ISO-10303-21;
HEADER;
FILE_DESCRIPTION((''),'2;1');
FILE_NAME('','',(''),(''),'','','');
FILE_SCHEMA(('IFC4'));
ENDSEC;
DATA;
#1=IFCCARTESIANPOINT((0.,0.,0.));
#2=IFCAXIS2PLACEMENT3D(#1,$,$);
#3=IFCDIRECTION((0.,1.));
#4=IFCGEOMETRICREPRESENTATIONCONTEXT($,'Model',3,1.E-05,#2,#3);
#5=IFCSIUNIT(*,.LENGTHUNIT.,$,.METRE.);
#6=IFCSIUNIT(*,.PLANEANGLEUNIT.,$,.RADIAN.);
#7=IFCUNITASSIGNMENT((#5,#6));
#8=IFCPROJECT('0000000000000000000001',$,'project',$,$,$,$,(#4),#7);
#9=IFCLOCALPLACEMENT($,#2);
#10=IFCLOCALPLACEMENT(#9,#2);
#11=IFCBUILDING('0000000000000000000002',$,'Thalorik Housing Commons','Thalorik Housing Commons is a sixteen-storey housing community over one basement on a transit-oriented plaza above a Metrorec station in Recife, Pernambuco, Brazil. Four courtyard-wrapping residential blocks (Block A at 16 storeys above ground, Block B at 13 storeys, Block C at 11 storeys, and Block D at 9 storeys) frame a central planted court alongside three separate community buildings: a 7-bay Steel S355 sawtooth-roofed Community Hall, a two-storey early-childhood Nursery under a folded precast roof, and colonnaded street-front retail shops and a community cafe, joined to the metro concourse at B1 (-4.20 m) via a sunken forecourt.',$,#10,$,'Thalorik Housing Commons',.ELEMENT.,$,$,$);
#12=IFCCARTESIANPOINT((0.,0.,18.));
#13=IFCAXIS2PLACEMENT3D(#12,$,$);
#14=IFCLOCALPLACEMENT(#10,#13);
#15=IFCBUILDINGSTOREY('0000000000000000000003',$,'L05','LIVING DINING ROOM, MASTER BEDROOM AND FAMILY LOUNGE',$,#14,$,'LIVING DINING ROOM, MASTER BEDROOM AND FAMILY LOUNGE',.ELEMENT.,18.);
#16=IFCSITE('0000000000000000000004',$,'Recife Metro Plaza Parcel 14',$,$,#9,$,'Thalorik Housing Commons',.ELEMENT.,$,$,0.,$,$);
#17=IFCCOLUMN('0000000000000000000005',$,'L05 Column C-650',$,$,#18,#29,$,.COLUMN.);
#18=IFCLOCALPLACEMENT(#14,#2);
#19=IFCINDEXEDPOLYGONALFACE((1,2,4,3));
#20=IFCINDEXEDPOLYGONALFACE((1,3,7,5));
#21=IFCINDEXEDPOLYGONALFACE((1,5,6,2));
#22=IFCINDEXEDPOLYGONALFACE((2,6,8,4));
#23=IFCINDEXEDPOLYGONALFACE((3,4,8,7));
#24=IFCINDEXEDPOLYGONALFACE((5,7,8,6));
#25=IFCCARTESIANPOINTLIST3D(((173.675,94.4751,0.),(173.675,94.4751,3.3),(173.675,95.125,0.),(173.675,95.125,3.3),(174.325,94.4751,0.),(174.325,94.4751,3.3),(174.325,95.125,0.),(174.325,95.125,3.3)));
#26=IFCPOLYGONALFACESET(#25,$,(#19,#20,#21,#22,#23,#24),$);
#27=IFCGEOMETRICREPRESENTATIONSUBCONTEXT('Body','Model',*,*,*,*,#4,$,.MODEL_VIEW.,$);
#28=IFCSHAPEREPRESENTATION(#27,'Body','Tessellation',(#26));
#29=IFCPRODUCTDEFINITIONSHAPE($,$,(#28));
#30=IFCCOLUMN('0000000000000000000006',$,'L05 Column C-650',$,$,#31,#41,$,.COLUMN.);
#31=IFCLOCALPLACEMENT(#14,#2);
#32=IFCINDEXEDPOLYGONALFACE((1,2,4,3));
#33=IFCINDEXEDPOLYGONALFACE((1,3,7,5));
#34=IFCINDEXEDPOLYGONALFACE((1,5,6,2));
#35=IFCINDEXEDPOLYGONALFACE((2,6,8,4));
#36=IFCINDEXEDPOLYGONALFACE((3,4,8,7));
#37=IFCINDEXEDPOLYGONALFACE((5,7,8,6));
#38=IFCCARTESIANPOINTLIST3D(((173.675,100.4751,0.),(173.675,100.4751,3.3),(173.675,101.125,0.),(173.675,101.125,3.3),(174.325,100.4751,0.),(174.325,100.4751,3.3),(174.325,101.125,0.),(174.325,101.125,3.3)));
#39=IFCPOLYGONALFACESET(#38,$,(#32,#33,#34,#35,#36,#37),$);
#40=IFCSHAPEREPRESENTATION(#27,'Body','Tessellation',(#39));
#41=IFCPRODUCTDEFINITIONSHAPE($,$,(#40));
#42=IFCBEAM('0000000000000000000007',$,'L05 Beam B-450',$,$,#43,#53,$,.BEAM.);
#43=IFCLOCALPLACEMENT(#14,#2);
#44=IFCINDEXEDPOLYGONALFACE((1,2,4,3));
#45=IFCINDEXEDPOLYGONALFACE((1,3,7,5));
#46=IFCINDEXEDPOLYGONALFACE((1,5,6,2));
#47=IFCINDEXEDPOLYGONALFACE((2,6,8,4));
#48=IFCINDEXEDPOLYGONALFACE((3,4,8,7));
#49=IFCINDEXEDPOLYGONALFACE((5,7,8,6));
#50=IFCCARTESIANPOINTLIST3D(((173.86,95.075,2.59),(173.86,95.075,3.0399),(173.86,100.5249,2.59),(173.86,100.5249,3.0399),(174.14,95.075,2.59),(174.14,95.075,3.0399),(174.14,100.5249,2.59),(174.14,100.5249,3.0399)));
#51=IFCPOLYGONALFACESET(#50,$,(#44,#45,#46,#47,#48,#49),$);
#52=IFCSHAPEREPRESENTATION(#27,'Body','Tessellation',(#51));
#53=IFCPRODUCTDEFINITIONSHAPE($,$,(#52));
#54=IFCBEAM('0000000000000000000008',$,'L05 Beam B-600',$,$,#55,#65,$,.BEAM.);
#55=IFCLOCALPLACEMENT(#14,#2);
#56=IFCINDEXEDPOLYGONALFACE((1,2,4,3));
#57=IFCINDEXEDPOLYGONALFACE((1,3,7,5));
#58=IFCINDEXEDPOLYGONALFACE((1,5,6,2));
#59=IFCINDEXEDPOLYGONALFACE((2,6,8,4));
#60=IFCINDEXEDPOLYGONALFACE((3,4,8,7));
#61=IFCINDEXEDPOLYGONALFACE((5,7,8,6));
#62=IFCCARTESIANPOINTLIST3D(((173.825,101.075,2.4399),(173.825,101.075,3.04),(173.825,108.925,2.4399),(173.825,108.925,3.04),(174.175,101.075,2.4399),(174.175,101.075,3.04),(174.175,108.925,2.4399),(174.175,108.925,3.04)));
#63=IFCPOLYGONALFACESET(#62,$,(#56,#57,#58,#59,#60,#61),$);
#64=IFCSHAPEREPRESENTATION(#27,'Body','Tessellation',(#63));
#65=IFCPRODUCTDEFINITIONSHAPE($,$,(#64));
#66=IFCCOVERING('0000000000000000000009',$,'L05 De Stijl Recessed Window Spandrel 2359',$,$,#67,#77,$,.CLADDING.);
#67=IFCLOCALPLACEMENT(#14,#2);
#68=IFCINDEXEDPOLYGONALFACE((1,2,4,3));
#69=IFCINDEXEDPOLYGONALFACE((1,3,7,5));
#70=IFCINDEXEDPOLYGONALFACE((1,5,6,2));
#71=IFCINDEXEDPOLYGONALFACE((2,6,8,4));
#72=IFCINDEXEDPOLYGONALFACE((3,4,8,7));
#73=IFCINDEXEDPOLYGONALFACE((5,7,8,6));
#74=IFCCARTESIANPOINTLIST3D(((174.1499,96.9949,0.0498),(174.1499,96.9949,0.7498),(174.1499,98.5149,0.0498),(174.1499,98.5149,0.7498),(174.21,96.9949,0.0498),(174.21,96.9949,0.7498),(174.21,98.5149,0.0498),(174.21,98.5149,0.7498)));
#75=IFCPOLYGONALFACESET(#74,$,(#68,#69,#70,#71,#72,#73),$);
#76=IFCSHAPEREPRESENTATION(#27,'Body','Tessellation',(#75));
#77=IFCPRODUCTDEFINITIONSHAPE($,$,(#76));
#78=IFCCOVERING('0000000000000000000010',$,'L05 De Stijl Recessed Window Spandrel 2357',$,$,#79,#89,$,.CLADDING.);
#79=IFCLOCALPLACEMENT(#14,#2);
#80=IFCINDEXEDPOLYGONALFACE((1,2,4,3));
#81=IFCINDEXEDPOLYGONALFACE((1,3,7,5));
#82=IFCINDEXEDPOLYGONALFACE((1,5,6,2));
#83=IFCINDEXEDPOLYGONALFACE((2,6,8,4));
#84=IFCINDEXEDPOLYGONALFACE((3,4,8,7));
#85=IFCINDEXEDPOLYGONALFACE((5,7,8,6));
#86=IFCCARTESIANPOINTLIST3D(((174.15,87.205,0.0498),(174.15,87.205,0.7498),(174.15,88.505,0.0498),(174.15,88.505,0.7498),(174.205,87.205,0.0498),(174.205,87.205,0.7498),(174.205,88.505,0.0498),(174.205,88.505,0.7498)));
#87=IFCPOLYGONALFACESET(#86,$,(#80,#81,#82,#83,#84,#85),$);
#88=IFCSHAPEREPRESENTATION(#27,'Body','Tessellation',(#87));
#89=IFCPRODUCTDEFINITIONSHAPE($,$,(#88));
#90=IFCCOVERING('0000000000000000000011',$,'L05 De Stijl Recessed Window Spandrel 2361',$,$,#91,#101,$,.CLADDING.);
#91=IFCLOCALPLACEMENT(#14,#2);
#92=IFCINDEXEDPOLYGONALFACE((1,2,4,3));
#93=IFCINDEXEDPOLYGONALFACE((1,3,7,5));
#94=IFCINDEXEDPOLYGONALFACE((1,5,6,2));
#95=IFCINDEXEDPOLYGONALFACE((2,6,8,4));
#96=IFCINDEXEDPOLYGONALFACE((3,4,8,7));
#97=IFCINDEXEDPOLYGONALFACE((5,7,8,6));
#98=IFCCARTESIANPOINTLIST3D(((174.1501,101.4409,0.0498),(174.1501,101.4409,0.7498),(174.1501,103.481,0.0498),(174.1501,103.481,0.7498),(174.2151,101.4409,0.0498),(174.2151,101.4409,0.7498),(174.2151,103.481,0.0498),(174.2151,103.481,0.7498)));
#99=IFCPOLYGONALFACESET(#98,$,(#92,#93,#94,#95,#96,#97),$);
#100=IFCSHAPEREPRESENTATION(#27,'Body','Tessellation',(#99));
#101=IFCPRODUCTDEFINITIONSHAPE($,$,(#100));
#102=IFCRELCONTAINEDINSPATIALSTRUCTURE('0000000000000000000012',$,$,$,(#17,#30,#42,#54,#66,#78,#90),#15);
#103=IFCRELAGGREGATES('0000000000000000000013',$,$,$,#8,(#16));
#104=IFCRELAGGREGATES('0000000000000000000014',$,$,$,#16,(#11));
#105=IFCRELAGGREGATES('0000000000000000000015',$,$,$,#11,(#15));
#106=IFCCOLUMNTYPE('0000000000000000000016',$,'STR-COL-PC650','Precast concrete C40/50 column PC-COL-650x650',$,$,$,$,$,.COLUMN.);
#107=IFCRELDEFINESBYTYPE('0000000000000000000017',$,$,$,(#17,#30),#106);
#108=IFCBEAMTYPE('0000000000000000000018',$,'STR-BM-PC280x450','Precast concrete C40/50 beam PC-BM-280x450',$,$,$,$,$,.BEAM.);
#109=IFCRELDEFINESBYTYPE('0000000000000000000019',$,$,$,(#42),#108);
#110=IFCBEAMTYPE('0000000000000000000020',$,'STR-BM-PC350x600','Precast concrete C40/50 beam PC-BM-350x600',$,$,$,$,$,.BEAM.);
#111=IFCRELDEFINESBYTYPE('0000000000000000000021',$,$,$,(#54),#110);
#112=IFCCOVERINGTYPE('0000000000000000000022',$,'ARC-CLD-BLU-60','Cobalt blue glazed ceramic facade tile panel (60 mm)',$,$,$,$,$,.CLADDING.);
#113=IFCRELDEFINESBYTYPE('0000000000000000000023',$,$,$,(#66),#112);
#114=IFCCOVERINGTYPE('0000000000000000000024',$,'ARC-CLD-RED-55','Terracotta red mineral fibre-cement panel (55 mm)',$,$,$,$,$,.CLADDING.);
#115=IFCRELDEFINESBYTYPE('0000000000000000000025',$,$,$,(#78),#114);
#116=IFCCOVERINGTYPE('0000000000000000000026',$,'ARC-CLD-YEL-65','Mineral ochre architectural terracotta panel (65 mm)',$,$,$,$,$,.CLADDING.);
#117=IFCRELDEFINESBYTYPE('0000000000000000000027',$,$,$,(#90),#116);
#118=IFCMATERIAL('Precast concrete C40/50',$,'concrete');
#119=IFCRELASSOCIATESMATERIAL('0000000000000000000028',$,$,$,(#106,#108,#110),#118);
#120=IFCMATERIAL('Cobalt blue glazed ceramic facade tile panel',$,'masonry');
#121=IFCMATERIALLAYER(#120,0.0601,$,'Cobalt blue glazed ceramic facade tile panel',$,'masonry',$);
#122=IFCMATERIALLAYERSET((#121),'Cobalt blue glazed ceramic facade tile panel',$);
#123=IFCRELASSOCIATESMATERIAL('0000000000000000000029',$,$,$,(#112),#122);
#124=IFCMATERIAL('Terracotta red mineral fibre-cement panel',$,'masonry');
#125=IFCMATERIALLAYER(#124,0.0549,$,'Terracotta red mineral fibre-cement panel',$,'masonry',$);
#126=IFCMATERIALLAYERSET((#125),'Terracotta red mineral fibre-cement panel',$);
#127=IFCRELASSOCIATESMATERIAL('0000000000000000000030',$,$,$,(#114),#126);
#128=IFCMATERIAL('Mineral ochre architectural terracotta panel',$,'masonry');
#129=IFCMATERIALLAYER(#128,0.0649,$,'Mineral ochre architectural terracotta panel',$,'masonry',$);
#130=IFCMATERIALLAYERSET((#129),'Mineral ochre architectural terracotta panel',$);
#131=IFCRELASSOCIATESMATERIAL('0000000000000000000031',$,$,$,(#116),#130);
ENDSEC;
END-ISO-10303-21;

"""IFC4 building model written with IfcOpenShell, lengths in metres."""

from ifc_helpers import new_model, si_unit, direction, frame, origin, origin_2d, place, context, subcontext, project, spatial, rectangle, extrude, material, layer, layer_set, material_profile, profile_set, type_object, element, save


model = new_model("IFC4")

# Units and contexts
model_context = context("Model", 3, precision=1e-05, world=origin(), true_north=direction((0.0, 1.0)))
body_context = subcontext(model_context, "Body", "Model", "MODEL_VIEW")
ifc_project = project(units=[si_unit("LENGTHUNIT", "METRE"), si_unit("PLANEANGLEUNIT", "RADIAN")], contexts=[model_context])

# Site, building, storey
site_placement = place(None, origin())
site = spatial("IfcSite", under=ifc_project, at=site_placement, Name="Recife Metro Plaza Parcel 14", LongName="Thalorik Housing Commons", CompositionType="ELEMENT", RefElevation=0.0)
building_placement = place(site_placement, origin())
building = spatial("IfcBuilding", under=site, at=building_placement, Name="Thalorik Housing Commons", Description="Thalorik Housing Commons is a sixteen-storey housing community over one basement on a transit-oriented plaza above a Metrorec station in Recife, Pernambuco, Brazil. Four courtyard-wrapping residential blocks (Block A at 16 storeys above ground, Block B at 13 storeys, Block C at 11 storeys, and Block D at 9 storeys) frame a central planted court alongside three separate community buildings: a 7-bay Steel S355 sawtooth-roofed Community Hall, a two-storey early-childhood Nursery under a folded precast roof, and colonnaded street-front retail shops and a community cafe, joined to the metro concourse at B1 (-4.20 m) via a sunken forecourt.", LongName="Thalorik Housing Commons", CompositionType="ELEMENT")
storey_placement = place(building_placement, frame((0.0, 0.0, 18.0)))
storey = spatial("IfcBuildingStorey", under=building, at=storey_placement, Name="L05", Description="LIVING DINING ROOM, MASTER BEDROOM AND FAMILY LOUNGE", LongName="LIVING DINING ROOM, MASTER BEDROOM AND FAMILY LOUNGE", CompositionType="ELEMENT", Elevation=18.0)

# Columns
ifc_material_1 = material(Name="Precast concrete C40/50", Category="concrete")
ifc_material_profile_1 = material_profile(ifc_material_1, rectangle(XDim=0.6499, YDim=0.6499, at=origin_2d()), Name="PC 650x650", Category="concrete")
ifc_profile_set_1 = profile_set([ifc_material_profile_1], Name="Precast concrete C40/50")
column_type = type_object("IfcColumnType", Name="STR-COL-PC650", Description="Precast concrete C40/50 column PC-COL-650x650", PredefinedType="COLUMN", material=ifc_profile_set_1)
for number, where, z_axis, x_axis, name in (
    (1, (174.0, 94.8, 0.0), (0.0, 0.0, 1.0), (1.0, 0.0, 0.0), "L05 Column C-650"),
    (2, (174.0, 100.8, 0.0), (0.0, 0.0, 1.0), (1.0, 0.0, 0.0), "L05 Column C-650"),
):
    element("IfcColumn", number, at=place(storey_placement, frame(where, z_axis=z_axis, x_axis=x_axis)), inside=storey, type_object=column_type, Name=name, PredefinedType="COLUMN", context=body_context, shape_type="SweptSolid", body=[
        extrude(rectangle(XDim=0.6499, YDim=0.6499, at=origin_2d()), origin(), (0.0, 0.0, 1.0), 3.3),
    ])

# Beams
ifc_material_profile_2 = material_profile(ifc_material_1, rectangle(XDim=0.28, YDim=0.45, at=origin_2d()), Name="PC 280x450", Category="concrete")
ifc_profile_set_2 = profile_set([ifc_material_profile_2], Name="Precast concrete C40/50")
beam_type_1 = type_object("IfcBeamType", Name="STR-BM-PC280x450", Description="Precast concrete C40/50 beam PC-BM-280x450", PredefinedType="BEAM", material=ifc_profile_set_2)
beam_1_placement = place(storey_placement, frame((174.0, 95.075, 2.8149), z_axis=(0.0, 1.0, 0.0), x_axis=(-1.0, 0.0, 0.0)))
element("IfcBeam", 3, at=beam_1_placement, inside=storey, type_object=beam_type_1, Name="L05 Beam B-450", PredefinedType="BEAM", context=body_context, shape_type="SweptSolid", body=[
    extrude(rectangle(XDim=0.28, YDim=0.45, at=origin_2d()), origin(), (0.0, 0.0, 1.0), 5.45),
])
ifc_material_profile_3 = material_profile(ifc_material_1, rectangle(XDim=0.3501, YDim=0.6001, at=origin_2d()), Name="PC 350x600", Category="concrete")
ifc_profile_set_3 = profile_set([ifc_material_profile_3], Name="Precast concrete C40/50")
beam_type_2 = type_object("IfcBeamType", Name="STR-BM-PC350x600", Description="Precast concrete C40/50 beam PC-BM-350x600", PredefinedType="BEAM", material=ifc_profile_set_3)
beam_2_placement = place(storey_placement, frame((174.0, 101.075, 2.74), z_axis=(0.0, 1.0, 0.0), x_axis=(-1.0, 0.0, 0.0)))
element("IfcBeam", 4, at=beam_2_placement, inside=storey, type_object=beam_type_2, Name="L05 Beam B-600", PredefinedType="BEAM", context=body_context, shape_type="SweptSolid", body=[
    extrude(rectangle(XDim=0.3501, YDim=0.6001, at=origin_2d()), origin(), (0.0, 0.0, 1.0), 7.8501),
])

# Coverings
ifc_material_2 = material(Name="Cobalt blue glazed ceramic facade tile panel", Category="masonry")
ifc_layer_1 = layer(ifc_material_2, 0.0601, Name="Cobalt blue glazed ceramic facade tile panel", Category="masonry")
ifc_layer_set_1 = layer_set([ifc_layer_1], Name="Cobalt blue glazed ceramic facade tile panel")
covering_type_1 = type_object("IfcCoveringType", Name="ARC-CLD-BLU-60", Description="Cobalt blue glazed ceramic facade tile panel (60 mm)", PredefinedType="CLADDING", material=ifc_layer_set_1)
covering_1_placement = place(storey_placement, frame((174.1799, 97.7549, 0.0498), z_axis=(0.0, 0.0, 1.0), x_axis=(0.0, 1.0, 0.0)))
element("IfcCovering", 5, at=covering_1_placement, inside=storey, type_object=covering_type_1, Name="L05 De Stijl Recessed Window Spandrel 2359", PredefinedType="CLADDING", context=body_context, shape_type="SweptSolid", body=[
    extrude(rectangle(XDim=1.52, YDim=0.0601, at=origin_2d()), origin(), (0.0, 0.0, 1.0), 0.7),
])
ifc_material_3 = material(Name="Terracotta red mineral fibre-cement panel", Category="masonry")
ifc_layer_2 = layer(ifc_material_3, 0.0549, Name="Terracotta red mineral fibre-cement panel", Category="masonry")
ifc_layer_set_2 = layer_set([ifc_layer_2], Name="Terracotta red mineral fibre-cement panel")
covering_type_2 = type_object("IfcCoveringType", Name="ARC-CLD-RED-55", Description="Terracotta red mineral fibre-cement panel (55 mm)", PredefinedType="CLADDING", material=ifc_layer_set_2)
covering_2_placement = place(storey_placement, frame((174.1775, 87.855, 0.0498), z_axis=(0.0, 0.0, 1.0), x_axis=(0.0, 1.0, 0.0)))
element("IfcCovering", 6, at=covering_2_placement, inside=storey, type_object=covering_type_2, Name="L05 De Stijl Recessed Window Spandrel 2357", PredefinedType="CLADDING", context=body_context, shape_type="SweptSolid", body=[
    extrude(rectangle(XDim=1.3, YDim=0.0549, at=origin_2d()), origin(), (0.0, 0.0, 1.0), 0.7),
])
ifc_material_4 = material(Name="Mineral ochre architectural terracotta panel", Category="masonry")
ifc_layer_3 = layer(ifc_material_4, 0.0649, Name="Mineral ochre architectural terracotta panel", Category="masonry")
ifc_layer_set_3 = layer_set([ifc_layer_3], Name="Mineral ochre architectural terracotta panel")
covering_type_3 = type_object("IfcCoveringType", Name="ARC-CLD-YEL-65", Description="Mineral ochre architectural terracotta panel (65 mm)", PredefinedType="CLADDING", material=ifc_layer_set_3)
covering_3_placement = place(storey_placement, frame((174.1826, 102.4609, 0.0498), z_axis=(0.0, 0.0, 1.0), x_axis=(0.0, 1.0, 0.0)))
element("IfcCovering", 7, at=covering_3_placement, inside=storey, type_object=covering_type_3, Name="L05 De Stijl Recessed Window Spandrel 2361", PredefinedType="CLADDING", context=body_context, shape_type="SweptSolid", body=[
    extrude(rectangle(XDim=2.04, YDim=0.0649, at=origin_2d()), origin(), (0.0, 0.0, 1.0), 0.7),
])

save(model, "model.ifc")
